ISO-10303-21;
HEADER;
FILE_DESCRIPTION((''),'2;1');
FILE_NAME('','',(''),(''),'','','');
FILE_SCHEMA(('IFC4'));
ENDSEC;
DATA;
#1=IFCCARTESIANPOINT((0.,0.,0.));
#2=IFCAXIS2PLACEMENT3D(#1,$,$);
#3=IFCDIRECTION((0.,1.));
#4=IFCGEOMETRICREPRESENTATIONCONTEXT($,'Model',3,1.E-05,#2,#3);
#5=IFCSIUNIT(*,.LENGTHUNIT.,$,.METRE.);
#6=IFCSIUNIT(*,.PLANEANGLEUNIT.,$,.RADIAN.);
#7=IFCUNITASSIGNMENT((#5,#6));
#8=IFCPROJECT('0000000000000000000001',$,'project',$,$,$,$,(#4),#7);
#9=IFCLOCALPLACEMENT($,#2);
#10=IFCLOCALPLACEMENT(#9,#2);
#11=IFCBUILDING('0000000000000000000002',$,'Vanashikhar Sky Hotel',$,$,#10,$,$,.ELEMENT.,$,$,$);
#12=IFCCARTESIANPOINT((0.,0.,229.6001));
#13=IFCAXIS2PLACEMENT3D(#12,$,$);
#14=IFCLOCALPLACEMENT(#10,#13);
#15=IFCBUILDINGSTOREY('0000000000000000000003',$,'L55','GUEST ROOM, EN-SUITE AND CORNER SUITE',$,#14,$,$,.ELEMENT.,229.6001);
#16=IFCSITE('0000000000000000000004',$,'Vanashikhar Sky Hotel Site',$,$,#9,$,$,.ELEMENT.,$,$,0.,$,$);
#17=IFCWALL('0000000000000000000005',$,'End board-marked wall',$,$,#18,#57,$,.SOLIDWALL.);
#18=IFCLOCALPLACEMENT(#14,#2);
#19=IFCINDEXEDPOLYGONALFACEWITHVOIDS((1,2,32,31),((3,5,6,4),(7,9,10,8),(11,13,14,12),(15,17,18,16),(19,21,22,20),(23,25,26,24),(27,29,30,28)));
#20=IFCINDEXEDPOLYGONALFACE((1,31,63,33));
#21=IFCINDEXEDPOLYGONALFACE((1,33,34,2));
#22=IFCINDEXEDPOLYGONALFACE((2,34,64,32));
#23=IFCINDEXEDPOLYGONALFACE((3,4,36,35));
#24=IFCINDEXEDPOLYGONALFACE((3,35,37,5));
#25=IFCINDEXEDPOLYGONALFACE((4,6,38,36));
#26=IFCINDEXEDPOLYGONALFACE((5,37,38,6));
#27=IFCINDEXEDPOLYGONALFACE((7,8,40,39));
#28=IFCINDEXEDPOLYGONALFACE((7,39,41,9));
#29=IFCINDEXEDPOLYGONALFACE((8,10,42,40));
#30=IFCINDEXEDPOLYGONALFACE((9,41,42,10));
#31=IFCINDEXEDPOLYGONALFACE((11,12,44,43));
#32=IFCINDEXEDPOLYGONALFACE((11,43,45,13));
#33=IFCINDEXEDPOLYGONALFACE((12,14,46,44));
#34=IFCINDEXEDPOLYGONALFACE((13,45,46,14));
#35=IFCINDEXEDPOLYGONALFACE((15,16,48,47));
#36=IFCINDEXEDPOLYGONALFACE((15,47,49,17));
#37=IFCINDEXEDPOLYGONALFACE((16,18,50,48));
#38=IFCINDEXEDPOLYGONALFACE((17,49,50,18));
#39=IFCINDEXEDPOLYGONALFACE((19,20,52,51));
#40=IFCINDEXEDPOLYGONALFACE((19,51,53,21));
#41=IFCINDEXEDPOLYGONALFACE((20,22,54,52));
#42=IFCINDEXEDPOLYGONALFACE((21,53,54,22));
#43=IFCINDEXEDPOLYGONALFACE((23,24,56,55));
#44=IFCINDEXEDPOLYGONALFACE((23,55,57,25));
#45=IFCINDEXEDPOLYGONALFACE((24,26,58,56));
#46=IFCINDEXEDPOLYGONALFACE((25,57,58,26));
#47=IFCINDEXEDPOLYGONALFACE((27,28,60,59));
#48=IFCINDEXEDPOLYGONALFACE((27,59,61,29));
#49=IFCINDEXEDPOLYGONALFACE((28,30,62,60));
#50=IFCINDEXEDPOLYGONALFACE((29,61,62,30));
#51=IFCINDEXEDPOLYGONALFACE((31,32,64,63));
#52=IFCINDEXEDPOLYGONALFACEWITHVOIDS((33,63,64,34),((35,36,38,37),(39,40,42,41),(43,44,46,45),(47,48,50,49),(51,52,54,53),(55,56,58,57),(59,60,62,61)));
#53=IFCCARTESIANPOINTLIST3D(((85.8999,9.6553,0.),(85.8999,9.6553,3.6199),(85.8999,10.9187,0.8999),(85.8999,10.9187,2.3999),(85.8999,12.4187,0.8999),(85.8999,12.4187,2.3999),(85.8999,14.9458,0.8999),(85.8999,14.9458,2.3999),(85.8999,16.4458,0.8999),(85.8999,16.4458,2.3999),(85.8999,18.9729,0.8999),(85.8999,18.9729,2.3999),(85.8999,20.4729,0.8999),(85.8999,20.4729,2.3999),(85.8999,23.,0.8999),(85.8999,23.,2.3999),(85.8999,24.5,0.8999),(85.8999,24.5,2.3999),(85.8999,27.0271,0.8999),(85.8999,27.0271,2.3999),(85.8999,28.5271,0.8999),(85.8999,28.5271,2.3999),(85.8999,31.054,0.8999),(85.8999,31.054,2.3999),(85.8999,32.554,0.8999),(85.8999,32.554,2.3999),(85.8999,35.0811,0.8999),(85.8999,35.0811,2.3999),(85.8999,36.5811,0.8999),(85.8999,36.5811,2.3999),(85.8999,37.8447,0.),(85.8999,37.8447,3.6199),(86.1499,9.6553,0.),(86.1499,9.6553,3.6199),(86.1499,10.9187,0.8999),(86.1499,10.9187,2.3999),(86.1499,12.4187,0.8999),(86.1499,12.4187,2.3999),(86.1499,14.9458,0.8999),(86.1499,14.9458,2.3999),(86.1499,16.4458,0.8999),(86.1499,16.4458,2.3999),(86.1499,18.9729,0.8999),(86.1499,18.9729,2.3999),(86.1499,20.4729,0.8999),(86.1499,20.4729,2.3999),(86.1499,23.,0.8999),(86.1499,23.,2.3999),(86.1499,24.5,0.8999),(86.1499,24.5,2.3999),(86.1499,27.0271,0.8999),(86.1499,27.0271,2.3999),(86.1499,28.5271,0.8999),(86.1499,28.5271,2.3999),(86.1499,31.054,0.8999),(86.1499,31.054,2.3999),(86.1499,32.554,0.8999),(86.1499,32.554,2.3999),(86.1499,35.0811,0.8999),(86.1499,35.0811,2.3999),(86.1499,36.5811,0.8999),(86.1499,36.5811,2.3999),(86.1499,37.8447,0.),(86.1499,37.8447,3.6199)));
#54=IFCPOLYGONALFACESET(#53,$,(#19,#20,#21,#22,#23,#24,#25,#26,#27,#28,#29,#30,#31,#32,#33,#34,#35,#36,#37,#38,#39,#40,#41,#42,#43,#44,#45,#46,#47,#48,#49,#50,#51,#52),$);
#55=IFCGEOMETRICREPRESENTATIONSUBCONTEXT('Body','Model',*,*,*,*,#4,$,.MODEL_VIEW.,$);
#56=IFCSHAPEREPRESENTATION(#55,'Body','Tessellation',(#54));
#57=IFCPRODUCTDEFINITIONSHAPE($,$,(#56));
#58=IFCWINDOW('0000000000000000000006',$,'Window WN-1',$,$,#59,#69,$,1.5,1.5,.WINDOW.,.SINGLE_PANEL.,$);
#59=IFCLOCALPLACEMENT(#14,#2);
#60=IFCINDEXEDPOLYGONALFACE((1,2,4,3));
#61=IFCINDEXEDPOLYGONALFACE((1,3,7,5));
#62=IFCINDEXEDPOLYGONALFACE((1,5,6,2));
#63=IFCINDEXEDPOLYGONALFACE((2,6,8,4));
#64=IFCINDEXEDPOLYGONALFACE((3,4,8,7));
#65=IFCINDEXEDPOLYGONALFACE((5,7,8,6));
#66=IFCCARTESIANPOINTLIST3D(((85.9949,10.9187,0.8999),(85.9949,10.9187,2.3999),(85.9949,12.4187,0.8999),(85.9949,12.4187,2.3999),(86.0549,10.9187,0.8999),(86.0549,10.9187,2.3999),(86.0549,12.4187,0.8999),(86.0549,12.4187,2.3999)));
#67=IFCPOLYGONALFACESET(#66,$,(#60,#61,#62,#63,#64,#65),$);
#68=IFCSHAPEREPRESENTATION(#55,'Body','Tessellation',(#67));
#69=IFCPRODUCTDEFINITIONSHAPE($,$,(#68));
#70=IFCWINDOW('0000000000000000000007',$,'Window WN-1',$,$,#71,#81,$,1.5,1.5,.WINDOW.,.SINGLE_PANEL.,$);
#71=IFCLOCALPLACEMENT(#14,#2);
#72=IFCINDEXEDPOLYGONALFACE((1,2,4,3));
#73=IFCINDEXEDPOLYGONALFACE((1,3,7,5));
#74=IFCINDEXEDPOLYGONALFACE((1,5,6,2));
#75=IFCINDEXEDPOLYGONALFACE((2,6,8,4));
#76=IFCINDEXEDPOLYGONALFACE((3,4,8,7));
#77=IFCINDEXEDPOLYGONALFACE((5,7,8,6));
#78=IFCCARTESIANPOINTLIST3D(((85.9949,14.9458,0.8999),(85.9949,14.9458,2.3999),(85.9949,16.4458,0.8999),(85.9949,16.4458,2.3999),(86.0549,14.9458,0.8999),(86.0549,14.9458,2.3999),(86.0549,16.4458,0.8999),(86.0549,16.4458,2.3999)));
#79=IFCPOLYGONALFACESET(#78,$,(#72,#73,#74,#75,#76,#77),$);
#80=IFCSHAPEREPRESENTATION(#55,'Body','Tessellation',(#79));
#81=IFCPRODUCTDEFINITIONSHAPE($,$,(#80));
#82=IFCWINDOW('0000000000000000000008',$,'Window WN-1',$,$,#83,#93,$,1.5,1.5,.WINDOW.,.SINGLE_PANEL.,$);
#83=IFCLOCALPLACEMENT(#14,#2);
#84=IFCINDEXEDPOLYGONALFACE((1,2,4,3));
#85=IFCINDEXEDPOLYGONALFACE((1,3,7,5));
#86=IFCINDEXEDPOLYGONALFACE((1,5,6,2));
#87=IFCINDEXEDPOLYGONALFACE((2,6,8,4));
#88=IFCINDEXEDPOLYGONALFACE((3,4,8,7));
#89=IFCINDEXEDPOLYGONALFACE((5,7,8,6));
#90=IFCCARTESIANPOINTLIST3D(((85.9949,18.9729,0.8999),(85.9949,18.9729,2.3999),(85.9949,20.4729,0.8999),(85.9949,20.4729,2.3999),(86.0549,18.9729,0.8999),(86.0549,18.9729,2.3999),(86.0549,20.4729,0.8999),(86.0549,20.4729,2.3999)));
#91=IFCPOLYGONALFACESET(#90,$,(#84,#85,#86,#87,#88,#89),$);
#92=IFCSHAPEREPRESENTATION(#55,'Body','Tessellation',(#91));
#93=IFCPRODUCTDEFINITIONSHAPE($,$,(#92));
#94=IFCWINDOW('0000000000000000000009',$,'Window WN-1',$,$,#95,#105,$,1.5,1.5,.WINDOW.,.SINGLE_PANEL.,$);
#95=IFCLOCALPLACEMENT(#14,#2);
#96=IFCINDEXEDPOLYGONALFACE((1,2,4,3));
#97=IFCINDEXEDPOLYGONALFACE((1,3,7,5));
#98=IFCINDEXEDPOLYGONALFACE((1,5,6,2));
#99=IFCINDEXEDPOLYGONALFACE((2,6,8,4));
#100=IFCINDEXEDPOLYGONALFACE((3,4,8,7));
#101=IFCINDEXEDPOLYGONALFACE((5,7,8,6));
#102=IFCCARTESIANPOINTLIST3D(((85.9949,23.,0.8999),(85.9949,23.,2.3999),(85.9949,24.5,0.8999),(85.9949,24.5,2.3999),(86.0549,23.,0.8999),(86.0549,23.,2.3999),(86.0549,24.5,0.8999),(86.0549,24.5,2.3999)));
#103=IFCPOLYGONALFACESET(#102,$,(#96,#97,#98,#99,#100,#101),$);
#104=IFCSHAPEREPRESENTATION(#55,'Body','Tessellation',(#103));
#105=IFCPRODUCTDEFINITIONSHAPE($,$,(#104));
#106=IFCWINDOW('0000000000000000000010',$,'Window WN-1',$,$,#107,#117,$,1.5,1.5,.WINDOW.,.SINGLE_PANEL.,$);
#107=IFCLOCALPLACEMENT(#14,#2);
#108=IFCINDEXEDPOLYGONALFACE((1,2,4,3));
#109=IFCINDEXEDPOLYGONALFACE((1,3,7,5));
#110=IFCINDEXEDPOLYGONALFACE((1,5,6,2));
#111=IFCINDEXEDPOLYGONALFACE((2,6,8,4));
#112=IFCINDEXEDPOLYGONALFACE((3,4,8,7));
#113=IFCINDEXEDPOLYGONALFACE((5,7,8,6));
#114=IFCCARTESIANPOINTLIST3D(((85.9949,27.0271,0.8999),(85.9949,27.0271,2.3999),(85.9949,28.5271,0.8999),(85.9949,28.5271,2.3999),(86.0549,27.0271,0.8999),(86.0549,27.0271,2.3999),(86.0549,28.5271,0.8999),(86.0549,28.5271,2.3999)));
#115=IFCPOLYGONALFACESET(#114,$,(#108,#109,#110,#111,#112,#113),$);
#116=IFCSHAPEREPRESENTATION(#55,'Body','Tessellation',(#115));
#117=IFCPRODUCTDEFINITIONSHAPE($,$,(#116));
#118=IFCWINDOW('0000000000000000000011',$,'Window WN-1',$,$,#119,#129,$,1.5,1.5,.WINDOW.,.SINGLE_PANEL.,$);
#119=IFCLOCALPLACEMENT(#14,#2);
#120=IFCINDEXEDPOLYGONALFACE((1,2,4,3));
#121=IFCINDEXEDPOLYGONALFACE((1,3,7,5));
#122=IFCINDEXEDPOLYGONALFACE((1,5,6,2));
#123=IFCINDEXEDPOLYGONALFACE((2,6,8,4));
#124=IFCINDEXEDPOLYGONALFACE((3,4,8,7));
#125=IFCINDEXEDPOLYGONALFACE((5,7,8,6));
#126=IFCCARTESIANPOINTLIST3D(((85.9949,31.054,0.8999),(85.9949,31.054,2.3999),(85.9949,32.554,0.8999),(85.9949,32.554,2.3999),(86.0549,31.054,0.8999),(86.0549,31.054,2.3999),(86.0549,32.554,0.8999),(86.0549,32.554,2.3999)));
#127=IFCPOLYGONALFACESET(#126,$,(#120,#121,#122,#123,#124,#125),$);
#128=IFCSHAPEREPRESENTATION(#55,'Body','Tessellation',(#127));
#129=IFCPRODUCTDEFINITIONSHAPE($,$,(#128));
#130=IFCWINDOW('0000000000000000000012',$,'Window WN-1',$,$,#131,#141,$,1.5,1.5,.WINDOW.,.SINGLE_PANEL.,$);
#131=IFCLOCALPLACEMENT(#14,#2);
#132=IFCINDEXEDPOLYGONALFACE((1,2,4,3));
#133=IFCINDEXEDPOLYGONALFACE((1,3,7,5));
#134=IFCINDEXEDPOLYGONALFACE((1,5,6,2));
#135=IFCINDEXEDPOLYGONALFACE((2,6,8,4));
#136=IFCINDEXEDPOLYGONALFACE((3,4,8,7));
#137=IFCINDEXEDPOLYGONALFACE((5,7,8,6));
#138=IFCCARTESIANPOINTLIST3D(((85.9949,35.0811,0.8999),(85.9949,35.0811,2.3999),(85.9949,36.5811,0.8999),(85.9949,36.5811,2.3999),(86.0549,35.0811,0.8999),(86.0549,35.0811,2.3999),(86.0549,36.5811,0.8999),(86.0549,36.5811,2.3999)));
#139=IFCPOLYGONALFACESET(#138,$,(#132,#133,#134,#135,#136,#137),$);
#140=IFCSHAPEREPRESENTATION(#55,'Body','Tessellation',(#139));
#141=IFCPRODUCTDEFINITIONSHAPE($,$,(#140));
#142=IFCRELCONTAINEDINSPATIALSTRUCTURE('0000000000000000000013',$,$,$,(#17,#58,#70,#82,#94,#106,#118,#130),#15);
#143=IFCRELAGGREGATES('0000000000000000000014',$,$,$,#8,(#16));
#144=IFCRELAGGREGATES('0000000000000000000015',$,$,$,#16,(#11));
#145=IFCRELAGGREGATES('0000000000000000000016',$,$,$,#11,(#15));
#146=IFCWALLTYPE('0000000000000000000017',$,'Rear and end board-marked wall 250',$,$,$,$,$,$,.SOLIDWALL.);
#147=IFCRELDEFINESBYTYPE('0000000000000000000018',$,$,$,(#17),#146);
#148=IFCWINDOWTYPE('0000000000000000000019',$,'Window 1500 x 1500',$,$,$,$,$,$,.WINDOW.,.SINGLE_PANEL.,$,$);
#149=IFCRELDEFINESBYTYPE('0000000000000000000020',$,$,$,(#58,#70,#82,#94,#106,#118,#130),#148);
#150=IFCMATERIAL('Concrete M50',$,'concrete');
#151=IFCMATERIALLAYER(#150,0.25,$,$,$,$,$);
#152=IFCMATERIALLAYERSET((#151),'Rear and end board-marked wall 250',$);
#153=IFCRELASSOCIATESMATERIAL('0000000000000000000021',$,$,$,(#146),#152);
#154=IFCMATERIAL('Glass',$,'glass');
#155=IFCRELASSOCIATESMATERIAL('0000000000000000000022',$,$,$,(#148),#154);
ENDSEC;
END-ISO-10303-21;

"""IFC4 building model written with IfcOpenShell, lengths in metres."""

from ifc_helpers import new_model, si_unit, direction, frame, frame_2d, origin, place, context, subcontext, project, spatial, rectangle, extrude, source, transform, mapped, material, layer, layer_set, type_object, element, fill, save


model = new_model("IFC4")

# Units and contexts
model_context = context("Model", 3, precision=1e-05, world=origin(), true_north=direction((0.0, 1.0)))
body_context = subcontext(model_context, "Body", "Model", "MODEL_VIEW")
ifc_project = project(units=[si_unit("LENGTHUNIT", "METRE"), si_unit("PLANEANGLEUNIT", "RADIAN")], contexts=[model_context])

# Site, building, storey
site_placement = place(None, origin())
site = spatial("IfcSite", under=ifc_project, at=site_placement, Name="Vanashikhar Sky Hotel Site", CompositionType="ELEMENT", RefElevation=0.0)
building_placement = place(site_placement, origin())
building = spatial("IfcBuilding", under=site, at=building_placement, Name="Vanashikhar Sky Hotel", CompositionType="ELEMENT")
storey_placement = place(building_placement, frame((0.0, 0.0, 229.6001)))
storey = spatial("IfcBuildingStorey", under=building, at=storey_placement, Name="L55", Description="GUEST ROOM, EN-SUITE AND CORNER SUITE", CompositionType="ELEMENT", Elevation=229.6001)

# Shared definitions
ifc_material_1 = material(Name="Concrete M50", Category="concrete")
ifc_material_2 = material(Name="Glass", Category="glass")

# Wall, openings, windows
ifc_layer_1 = layer(ifc_material_1, 0.25)
ifc_layer_set_1 = layer_set([ifc_layer_1], Name="Rear and end board-marked wall 250")
wall_type_1 = type_object("IfcWallType", Name="Rear and end board-marked wall 250", PredefinedType="SOLIDWALL", material=ifc_layer_set_1)
shared_shape_1 = source(origin(), body_context, "Body", "SweptSolid", [
    extrude(rectangle(XDim=28.1895, YDim=0.25, at=frame_2d((14.0947, 0.0))), origin(), (0.0, 0.0, 1.0), 3.6199),
])
wall_1_placement = place(storey_placement, frame((86.0249, 9.6553, 0.0), z_axis=(0.0, 0.0, 1.0), x_axis=(0.0, 1.0, 0.0)))
wall_1 = element("IfcWall", 1, at=wall_1_placement, inside=storey, type_object=wall_type_1, Name="End board-marked wall", PredefinedType="SOLIDWALL", context=body_context, shape_type="MappedRepresentation", body=[
    mapped(shared_shape_1, transform((0.0, 0.0, 0.0), scale=1.0)),
])
shared_shape_2 = source(origin(), body_context, "Body", "SweptSolid", [
    extrude(rectangle(XDim=1.5, YDim=1.5, at=frame_2d((0.75, 0.75))), frame((0.0, 0.135, 0.0), z_axis=(0.0, -1.0, 0.0), x_axis=(1.0, 0.0, 0.0)), (0.0, 0.0, 1.0), 0.27),
])
opening_1_placement = place(wall_1_placement, frame((1.2634, 0.0, 0.8999)))
opening_1 = element("IfcOpeningElement", 2, at=opening_1_placement, cuts=wall_1, PredefinedType="OPENING", context=body_context, shape_type="MappedRepresentation", body=[
    mapped(shared_shape_2, transform((0.0, 0.0, 0.0), scale=1.0)),
])
opening_2_placement = place(wall_1_placement, frame((5.2905, 0.0, 0.8999)))
opening_2 = element("IfcOpeningElement", 3, at=opening_2_placement, cuts=wall_1, PredefinedType="OPENING", context=body_context, shape_type="MappedRepresentation", body=[
    mapped(shared_shape_2, transform((0.0, 0.0, 0.0), scale=1.0)),
])
opening_3_placement = place(wall_1_placement, frame((9.3176, 0.0, 0.8999)))
opening_3 = element("IfcOpeningElement", 4, at=opening_3_placement, cuts=wall_1, PredefinedType="OPENING", context=body_context, shape_type="MappedRepresentation", body=[
    mapped(shared_shape_2, transform((0.0, 0.0, 0.0), scale=1.0)),
])
opening_4_placement = place(wall_1_placement, frame((13.3447, 0.0, 0.8999)))
opening_4 = element("IfcOpeningElement", 5, at=opening_4_placement, cuts=wall_1, PredefinedType="OPENING", context=body_context, shape_type="MappedRepresentation", body=[
    mapped(shared_shape_2, transform((0.0, 0.0, 0.0), scale=1.0)),
])
opening_5_placement = place(wall_1_placement, frame((17.3718, 0.0, 0.8999)))
opening_5 = element("IfcOpeningElement", 6, at=opening_5_placement, cuts=wall_1, PredefinedType="OPENING", context=body_context, shape_type="MappedRepresentation", body=[
    mapped(shared_shape_2, transform((0.0, 0.0, 0.0), scale=1.0)),
])
opening_6_placement = place(wall_1_placement, frame((21.3987, 0.0, 0.8999)))
opening_6 = element("IfcOpeningElement", 7, at=opening_6_placement, cuts=wall_1, PredefinedType="OPENING", context=body_context, shape_type="MappedRepresentation", body=[
    mapped(shared_shape_2, transform((0.0, 0.0, 0.0), scale=1.0)),
])
opening_7_placement = place(wall_1_placement, frame((25.4258, 0.0, 0.8999)))
opening_7 = element("IfcOpeningElement", 8, at=opening_7_placement, cuts=wall_1, PredefinedType="OPENING", context=body_context, shape_type="MappedRepresentation", body=[
    mapped(shared_shape_2, transform((0.0, 0.0, 0.0), scale=1.0)),
])
window_type_1 = type_object("IfcWindowType", Name="Window 1500 x 1500", PartitioningType="SINGLE_PANEL", PredefinedType="WINDOW", material=ifc_material_2)
shared_shape_3 = source(origin(), body_context, "Body", "SweptSolid", [
    extrude(rectangle(XDim=1.5, YDim=1.5, at=frame_2d((0.75, 0.75))), frame((0.0, 0.03, 0.0), z_axis=(0.0, -1.0, 0.0), x_axis=(1.0, 0.0, 0.0)), (0.0, 0.0, 1.0), 0.0601),
])
window_1_placement = place(opening_1_placement, origin())
window_1 = element("IfcWindow", 9, at=window_1_placement, inside=storey, type_object=window_type_1, Name="Window WN-1", OverallHeight=1.5, OverallWidth=1.5, PartitioningType="SINGLE_PANEL", PredefinedType="WINDOW", context=body_context, shape_type="MappedRepresentation", body=[
    mapped(shared_shape_3, transform((0.0, 0.0, 0.0), scale=1.0)),
])
fill(opening_1, window_1)
window_2_placement = place(opening_2_placement, origin())
window_2 = element("IfcWindow", 10, at=window_2_placement, inside=storey, type_object=window_type_1, Name="Window WN-1", OverallHeight=1.5, OverallWidth=1.5, PartitioningType="SINGLE_PANEL", PredefinedType="WINDOW", context=body_context, shape_type="MappedRepresentation", body=[
    mapped(shared_shape_3, transform((0.0, 0.0, 0.0), scale=1.0)),
])
fill(opening_2, window_2)
window_3_placement = place(opening_3_placement, origin())
window_3 = element("IfcWindow", 11, at=window_3_placement, inside=storey, type_object=window_type_1, Name="Window WN-1", OverallHeight=1.5, OverallWidth=1.5, PartitioningType="SINGLE_PANEL", PredefinedType="WINDOW", context=body_context, shape_type="MappedRepresentation", body=[
    mapped(shared_shape_3, transform((0.0, 0.0, 0.0), scale=1.0)),
])
fill(opening_3, window_3)
window_4_placement = place(opening_4_placement, origin())
window_4 = element("IfcWindow", 12, at=window_4_placement, inside=storey, type_object=window_type_1, Name="Window WN-1", OverallHeight=1.5, OverallWidth=1.5, PartitioningType="SINGLE_PANEL", PredefinedType="WINDOW", context=body_context, shape_type="MappedRepresentation", body=[
    mapped(shared_shape_3, transform((0.0, 0.0, 0.0), scale=1.0)),
])
fill(opening_4, window_4)
window_5_placement = place(opening_5_placement, origin())
window_5 = element("IfcWindow", 13, at=window_5_placement, inside=storey, type_object=window_type_1, Name="Window WN-1", OverallHeight=1.5, OverallWidth=1.5, PartitioningType="SINGLE_PANEL", PredefinedType="WINDOW", context=body_context, shape_type="MappedRepresentation", body=[
    mapped(shared_shape_3, transform((0.0, 0.0, 0.0), scale=1.0)),
])
fill(opening_5, window_5)
window_6_placement = place(opening_6_placement, origin())
window_6 = element("IfcWindow", 14, at=window_6_placement, inside=storey, type_object=window_type_1, Name="Window WN-1", OverallHeight=1.5, OverallWidth=1.5, PartitioningType="SINGLE_PANEL", PredefinedType="WINDOW", context=body_context, shape_type="MappedRepresentation", body=[
    mapped(shared_shape_3, transform((0.0, 0.0, 0.0), scale=1.0)),
])
fill(opening_6, window_6)
window_7_placement = place(opening_7_placement, origin())
window_7 = element("IfcWindow", 15, at=window_7_placement, inside=storey, type_object=window_type_1, Name="Window WN-1", OverallHeight=1.5, OverallWidth=1.5, PartitioningType="SINGLE_PANEL", PredefinedType="WINDOW", context=body_context, shape_type="MappedRepresentation", body=[
    mapped(shared_shape_3, transform((0.0, 0.0, 0.0), scale=1.0)),
])
fill(opening_7, window_7)

save(model, "model.ifc")
